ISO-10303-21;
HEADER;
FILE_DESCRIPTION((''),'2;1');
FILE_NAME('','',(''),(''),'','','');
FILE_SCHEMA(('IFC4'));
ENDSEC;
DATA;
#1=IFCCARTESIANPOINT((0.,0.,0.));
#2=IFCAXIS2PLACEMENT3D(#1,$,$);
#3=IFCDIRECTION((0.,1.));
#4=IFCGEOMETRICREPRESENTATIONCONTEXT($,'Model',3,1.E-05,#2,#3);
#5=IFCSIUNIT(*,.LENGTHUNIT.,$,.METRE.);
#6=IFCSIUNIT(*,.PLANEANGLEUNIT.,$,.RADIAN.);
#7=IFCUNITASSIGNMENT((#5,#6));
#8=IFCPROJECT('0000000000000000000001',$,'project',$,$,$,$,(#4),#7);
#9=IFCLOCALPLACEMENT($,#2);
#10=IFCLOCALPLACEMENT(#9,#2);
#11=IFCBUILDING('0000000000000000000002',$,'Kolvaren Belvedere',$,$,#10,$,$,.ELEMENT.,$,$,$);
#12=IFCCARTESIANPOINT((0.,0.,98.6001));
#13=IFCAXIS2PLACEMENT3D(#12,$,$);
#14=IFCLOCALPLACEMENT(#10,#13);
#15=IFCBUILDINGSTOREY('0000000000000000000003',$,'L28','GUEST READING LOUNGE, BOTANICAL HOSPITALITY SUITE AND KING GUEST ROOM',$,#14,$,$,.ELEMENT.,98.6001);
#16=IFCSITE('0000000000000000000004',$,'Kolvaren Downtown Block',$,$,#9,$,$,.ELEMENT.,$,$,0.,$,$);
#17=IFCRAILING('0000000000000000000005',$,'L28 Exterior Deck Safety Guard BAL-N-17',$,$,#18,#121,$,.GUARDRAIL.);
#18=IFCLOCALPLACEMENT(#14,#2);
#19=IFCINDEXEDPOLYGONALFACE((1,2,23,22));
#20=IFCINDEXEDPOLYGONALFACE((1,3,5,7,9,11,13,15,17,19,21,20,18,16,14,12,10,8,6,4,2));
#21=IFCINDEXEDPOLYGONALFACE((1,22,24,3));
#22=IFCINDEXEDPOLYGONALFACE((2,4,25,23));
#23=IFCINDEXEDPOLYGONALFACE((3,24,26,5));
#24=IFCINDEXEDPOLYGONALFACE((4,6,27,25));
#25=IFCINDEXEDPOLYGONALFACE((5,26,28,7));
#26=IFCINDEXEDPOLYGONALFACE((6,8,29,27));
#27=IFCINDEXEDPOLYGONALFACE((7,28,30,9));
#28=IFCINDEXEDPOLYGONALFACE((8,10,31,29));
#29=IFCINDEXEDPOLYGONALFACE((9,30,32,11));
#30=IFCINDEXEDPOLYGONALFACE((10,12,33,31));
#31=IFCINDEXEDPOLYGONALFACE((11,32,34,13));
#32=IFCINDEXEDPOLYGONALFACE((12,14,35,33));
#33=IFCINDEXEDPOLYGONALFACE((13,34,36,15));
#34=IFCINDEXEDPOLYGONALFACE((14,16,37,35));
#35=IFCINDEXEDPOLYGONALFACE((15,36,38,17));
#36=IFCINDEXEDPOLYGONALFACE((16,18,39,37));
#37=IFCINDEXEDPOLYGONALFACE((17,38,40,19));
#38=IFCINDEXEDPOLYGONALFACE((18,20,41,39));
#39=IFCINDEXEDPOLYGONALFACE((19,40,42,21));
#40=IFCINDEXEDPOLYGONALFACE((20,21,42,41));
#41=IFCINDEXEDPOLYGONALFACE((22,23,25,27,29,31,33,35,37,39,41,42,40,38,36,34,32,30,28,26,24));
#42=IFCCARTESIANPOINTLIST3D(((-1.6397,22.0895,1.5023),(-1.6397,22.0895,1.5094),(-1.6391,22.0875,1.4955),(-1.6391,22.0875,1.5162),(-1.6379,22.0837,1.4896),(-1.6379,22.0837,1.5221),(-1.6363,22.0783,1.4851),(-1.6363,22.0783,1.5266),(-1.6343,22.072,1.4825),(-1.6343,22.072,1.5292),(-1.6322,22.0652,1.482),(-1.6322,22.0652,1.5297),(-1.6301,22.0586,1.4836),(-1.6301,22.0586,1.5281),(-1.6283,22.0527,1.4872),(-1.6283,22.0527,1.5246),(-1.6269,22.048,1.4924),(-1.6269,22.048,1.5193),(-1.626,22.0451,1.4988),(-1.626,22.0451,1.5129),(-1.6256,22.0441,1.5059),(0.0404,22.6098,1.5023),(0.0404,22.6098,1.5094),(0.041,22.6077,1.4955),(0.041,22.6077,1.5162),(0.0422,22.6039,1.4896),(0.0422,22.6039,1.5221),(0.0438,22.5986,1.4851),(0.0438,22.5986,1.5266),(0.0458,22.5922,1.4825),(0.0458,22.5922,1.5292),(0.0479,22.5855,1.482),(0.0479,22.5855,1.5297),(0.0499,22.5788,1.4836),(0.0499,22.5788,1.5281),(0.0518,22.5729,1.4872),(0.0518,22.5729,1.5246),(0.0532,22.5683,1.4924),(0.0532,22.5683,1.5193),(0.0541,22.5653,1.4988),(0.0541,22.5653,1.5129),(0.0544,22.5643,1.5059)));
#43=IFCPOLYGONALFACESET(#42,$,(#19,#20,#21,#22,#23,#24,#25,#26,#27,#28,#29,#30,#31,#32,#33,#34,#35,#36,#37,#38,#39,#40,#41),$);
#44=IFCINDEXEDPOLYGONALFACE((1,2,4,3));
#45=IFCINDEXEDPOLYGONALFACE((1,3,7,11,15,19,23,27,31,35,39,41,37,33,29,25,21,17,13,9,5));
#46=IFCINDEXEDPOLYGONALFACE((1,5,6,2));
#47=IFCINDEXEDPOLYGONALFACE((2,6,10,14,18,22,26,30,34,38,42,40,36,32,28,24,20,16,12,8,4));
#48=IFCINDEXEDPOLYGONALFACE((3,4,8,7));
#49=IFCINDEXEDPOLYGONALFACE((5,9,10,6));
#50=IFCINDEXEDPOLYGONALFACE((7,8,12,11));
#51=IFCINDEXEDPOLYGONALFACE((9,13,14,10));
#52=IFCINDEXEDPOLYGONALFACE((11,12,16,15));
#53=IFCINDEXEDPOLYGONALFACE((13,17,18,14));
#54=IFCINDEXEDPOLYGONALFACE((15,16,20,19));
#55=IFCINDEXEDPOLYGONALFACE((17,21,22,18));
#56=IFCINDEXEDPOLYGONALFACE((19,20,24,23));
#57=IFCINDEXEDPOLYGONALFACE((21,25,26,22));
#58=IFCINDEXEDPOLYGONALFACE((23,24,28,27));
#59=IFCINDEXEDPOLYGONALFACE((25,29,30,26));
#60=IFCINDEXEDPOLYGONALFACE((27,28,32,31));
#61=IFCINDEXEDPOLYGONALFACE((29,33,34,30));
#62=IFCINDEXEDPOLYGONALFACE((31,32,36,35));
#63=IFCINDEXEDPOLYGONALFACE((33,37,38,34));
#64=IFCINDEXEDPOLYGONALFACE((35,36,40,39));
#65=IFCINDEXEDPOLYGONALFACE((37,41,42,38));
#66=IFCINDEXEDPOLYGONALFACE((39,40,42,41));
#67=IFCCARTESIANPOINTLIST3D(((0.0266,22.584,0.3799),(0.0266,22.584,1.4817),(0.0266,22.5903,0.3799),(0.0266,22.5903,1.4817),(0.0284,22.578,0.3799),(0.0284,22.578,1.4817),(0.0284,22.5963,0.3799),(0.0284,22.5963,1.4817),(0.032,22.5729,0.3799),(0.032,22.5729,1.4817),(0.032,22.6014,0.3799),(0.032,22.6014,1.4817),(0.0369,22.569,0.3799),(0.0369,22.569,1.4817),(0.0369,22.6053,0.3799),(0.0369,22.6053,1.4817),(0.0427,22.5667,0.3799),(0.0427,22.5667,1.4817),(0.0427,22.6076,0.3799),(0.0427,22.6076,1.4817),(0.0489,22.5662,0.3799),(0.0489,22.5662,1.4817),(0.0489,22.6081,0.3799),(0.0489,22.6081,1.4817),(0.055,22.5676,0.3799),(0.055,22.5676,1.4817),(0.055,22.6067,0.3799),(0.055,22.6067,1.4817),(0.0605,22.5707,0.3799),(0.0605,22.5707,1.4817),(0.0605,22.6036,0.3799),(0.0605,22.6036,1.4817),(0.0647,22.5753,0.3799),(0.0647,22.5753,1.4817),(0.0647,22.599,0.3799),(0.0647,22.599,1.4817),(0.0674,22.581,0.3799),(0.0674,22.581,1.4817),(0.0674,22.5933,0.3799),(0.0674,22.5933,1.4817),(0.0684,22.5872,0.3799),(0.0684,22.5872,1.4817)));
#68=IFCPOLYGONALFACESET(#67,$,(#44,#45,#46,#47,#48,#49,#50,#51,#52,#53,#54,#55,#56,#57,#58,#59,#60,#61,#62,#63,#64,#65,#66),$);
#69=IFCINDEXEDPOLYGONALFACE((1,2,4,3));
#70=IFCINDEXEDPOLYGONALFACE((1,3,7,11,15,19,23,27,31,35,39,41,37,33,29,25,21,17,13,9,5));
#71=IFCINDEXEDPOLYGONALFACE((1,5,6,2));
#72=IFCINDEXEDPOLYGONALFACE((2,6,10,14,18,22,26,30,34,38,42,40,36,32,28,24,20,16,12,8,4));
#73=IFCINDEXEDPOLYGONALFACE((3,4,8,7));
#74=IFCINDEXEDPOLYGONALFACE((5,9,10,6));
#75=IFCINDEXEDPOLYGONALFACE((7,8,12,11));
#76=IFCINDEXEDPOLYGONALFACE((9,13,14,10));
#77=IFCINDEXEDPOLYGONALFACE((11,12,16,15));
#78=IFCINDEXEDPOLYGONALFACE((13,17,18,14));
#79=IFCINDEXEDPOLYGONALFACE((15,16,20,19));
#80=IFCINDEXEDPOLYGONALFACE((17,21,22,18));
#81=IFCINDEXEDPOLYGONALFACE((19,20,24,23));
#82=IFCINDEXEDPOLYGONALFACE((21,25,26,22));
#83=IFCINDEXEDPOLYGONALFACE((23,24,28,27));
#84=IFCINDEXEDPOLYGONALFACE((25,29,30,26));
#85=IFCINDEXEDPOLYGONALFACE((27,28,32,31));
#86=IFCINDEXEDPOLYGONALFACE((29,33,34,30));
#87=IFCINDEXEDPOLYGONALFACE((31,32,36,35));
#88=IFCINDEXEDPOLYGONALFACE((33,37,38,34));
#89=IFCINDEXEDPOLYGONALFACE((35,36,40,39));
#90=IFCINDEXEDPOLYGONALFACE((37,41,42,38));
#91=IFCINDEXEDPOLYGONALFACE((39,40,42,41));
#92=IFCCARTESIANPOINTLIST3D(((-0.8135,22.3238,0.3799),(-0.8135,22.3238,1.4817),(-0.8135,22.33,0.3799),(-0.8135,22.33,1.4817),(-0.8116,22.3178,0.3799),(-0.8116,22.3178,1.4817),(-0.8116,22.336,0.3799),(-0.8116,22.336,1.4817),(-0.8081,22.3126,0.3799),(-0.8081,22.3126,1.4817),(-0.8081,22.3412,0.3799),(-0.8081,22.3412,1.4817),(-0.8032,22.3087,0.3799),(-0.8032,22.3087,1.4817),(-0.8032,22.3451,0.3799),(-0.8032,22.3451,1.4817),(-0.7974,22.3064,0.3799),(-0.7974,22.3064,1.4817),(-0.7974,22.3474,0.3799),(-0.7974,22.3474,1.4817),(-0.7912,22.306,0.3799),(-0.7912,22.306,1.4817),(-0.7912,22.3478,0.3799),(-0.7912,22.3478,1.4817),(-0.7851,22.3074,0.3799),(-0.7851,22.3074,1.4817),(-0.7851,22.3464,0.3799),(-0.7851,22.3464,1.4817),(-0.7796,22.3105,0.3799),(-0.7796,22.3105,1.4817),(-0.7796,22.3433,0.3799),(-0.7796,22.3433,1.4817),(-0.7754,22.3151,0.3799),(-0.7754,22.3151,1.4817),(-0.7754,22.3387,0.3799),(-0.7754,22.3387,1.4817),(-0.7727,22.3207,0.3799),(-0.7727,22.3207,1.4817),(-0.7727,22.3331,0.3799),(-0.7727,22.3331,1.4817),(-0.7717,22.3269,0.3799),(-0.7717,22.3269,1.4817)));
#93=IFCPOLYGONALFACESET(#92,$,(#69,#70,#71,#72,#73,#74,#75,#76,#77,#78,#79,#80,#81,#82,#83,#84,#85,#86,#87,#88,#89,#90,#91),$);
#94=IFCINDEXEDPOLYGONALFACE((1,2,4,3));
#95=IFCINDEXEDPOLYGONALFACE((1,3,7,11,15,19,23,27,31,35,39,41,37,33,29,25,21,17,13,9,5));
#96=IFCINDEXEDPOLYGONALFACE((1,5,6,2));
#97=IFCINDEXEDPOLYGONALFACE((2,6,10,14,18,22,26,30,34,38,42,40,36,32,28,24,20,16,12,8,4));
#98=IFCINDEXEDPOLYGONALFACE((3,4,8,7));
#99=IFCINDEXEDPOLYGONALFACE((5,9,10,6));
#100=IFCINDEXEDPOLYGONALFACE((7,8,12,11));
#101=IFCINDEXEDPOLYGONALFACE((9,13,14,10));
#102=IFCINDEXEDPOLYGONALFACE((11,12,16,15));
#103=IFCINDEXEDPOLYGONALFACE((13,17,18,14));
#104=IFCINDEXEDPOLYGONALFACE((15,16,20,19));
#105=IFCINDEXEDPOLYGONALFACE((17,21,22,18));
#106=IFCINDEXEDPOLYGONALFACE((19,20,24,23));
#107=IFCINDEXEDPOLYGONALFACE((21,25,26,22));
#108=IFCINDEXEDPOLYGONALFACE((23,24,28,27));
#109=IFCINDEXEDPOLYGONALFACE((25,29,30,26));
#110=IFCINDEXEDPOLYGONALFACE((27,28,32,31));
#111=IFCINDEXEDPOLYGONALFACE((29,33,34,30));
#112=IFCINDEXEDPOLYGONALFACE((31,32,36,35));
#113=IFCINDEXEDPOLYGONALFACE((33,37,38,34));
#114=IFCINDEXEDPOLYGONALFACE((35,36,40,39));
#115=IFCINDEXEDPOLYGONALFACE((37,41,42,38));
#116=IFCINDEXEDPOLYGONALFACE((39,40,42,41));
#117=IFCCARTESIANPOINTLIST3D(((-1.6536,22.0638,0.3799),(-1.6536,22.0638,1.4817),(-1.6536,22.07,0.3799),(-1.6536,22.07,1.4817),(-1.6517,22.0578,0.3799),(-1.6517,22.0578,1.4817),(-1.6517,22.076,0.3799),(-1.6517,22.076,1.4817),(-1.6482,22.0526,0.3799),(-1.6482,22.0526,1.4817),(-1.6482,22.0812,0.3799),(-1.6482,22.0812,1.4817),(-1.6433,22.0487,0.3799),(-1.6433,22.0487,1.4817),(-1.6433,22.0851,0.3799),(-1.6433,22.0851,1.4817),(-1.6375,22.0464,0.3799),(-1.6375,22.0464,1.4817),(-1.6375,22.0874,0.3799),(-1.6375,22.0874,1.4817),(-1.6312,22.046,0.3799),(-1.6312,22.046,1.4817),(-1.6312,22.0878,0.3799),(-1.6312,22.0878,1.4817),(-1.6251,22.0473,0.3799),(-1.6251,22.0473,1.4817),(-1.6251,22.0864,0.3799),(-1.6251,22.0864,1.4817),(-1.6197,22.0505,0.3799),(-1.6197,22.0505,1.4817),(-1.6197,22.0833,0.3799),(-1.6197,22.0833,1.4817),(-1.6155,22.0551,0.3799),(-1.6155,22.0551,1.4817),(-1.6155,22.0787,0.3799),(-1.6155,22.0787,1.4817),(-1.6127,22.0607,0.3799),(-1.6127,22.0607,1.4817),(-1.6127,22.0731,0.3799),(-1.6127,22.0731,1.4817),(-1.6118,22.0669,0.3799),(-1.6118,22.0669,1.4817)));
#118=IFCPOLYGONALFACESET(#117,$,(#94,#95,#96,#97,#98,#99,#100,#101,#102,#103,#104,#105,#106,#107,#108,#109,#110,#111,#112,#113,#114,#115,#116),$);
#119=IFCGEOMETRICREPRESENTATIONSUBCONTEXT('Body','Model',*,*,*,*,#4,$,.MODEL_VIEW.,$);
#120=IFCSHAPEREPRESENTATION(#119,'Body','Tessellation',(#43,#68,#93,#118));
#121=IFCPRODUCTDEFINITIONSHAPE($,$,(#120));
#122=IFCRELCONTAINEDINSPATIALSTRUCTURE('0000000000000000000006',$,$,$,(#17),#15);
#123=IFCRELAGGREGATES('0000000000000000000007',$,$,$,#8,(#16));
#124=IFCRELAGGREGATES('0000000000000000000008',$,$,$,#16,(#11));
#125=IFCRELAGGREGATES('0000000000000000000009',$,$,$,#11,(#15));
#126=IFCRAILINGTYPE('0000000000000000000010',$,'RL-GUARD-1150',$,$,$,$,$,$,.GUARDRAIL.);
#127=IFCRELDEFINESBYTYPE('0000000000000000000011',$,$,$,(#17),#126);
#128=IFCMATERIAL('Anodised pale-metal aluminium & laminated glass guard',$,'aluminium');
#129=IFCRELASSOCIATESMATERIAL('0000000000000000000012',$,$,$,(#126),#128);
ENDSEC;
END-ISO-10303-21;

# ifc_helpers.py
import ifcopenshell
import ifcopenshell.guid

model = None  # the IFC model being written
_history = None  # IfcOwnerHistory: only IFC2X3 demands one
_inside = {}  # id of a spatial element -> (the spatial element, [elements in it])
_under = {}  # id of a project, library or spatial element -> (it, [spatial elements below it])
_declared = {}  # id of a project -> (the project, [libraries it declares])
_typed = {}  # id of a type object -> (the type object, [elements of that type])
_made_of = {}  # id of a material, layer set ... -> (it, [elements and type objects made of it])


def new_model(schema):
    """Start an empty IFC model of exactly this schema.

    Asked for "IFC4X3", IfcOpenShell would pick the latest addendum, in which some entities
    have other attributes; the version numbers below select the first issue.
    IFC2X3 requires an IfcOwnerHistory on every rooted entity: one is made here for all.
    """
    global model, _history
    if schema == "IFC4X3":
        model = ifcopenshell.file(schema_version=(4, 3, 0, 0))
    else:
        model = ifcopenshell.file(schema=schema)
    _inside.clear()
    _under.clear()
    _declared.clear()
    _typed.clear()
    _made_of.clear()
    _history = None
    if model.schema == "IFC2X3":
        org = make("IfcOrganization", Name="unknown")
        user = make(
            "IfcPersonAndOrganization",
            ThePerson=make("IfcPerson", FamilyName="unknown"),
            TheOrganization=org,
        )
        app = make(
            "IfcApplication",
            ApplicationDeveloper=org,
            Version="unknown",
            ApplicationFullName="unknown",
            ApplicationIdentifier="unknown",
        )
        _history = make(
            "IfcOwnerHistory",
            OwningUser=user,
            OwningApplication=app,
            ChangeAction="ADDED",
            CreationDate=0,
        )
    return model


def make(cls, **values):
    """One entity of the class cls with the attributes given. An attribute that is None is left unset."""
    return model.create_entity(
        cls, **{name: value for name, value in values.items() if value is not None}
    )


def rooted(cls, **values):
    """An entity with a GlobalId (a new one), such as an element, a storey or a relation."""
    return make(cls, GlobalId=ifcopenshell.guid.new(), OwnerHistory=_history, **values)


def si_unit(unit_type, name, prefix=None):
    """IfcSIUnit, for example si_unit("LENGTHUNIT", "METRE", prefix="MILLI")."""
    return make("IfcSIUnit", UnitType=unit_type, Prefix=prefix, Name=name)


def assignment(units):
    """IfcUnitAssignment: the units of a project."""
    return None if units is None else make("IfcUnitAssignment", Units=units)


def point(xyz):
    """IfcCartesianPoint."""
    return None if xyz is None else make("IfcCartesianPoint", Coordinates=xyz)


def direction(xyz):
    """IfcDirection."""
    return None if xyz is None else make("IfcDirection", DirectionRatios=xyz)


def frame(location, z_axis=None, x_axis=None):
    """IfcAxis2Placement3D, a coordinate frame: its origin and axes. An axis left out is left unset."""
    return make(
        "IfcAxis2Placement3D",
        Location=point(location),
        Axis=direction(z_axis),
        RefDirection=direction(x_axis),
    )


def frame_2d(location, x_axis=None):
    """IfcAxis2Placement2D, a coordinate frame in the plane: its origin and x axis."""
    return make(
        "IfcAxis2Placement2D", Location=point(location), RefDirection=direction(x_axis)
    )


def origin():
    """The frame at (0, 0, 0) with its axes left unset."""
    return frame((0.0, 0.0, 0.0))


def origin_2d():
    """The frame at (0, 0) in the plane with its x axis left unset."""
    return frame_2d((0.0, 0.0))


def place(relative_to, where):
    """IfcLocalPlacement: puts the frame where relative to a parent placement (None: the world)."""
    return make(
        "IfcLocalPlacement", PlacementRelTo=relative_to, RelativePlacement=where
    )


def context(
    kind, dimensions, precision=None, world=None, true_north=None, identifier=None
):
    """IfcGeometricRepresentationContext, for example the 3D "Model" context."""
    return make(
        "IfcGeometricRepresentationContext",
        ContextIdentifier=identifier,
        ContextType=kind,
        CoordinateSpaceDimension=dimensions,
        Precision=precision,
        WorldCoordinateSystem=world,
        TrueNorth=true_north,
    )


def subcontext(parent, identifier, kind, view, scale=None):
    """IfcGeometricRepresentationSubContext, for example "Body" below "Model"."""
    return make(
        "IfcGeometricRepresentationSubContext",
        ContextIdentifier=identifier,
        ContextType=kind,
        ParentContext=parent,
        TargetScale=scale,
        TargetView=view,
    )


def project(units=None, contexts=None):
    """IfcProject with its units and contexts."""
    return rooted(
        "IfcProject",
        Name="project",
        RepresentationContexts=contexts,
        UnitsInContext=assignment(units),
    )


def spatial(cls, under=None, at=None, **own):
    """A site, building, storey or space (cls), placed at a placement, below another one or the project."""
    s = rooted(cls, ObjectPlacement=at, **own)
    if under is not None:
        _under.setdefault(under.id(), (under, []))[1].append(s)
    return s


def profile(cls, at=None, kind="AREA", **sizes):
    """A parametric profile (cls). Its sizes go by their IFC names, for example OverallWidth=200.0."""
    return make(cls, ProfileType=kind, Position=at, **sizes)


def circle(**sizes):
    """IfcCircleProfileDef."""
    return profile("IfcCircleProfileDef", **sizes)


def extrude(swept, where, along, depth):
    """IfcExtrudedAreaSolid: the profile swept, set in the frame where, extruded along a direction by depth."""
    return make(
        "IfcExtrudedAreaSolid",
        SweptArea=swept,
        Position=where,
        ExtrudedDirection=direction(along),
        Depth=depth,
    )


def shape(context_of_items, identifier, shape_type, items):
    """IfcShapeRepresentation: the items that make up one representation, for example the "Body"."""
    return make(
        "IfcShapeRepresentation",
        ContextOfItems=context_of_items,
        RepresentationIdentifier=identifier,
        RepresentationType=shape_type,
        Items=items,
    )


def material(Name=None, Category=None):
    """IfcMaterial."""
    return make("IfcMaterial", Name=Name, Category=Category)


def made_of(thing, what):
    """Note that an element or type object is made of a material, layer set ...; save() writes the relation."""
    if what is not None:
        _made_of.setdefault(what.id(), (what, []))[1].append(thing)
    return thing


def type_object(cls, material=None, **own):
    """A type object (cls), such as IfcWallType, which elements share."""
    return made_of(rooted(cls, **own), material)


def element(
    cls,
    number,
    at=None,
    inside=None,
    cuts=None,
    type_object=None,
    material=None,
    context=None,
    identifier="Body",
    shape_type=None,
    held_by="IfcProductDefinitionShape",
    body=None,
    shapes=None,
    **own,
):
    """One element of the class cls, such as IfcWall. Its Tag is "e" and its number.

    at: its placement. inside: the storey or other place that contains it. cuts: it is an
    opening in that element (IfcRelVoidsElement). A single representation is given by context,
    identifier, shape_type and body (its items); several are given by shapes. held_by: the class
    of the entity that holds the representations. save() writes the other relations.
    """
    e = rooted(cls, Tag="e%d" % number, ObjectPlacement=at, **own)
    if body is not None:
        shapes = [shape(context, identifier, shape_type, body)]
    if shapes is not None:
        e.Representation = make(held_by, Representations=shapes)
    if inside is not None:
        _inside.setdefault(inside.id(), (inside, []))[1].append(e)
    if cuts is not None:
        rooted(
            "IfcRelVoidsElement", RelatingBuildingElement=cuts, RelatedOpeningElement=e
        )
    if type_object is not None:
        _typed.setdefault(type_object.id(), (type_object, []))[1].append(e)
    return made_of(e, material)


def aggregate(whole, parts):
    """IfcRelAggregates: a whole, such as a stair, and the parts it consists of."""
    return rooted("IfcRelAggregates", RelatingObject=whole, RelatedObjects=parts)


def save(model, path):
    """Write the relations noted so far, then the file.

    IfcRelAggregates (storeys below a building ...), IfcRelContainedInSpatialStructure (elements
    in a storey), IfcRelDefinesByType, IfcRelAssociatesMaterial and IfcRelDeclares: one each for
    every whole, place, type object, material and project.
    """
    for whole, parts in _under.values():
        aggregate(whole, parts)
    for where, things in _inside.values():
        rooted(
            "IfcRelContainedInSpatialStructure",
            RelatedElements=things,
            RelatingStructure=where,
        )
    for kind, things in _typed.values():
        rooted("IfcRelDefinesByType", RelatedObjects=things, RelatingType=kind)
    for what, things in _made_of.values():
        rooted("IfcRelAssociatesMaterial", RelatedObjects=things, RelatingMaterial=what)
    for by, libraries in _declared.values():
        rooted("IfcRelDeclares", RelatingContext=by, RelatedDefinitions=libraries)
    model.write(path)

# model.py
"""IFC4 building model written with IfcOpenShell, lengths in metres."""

from ifc_helpers import new_model, si_unit, direction, frame, origin, origin_2d, place, context, subcontext, project, spatial, circle, extrude, material, type_object, element, save


model = new_model("IFC4")

# Units and contexts
model_context = context("Model", 3, precision=1e-05, world=origin(), true_north=direction((0.0, 1.0)))
body_context = subcontext(model_context, "Body", "Model", "MODEL_VIEW")
ifc_project = project(units=[si_unit("LENGTHUNIT", "METRE"), si_unit("PLANEANGLEUNIT", "RADIAN")], contexts=[model_context])

# Site, building, storey
site_placement = place(None, origin())
site = spatial("IfcSite", under=ifc_project, at=site_placement, Name="Kolvaren Downtown Block", CompositionType="ELEMENT", RefElevation=0.0)
building_placement = place(site_placement, origin())
building = spatial("IfcBuilding", under=site, at=building_placement, Name="Kolvaren Belvedere", CompositionType="ELEMENT")
storey_placement = place(building_placement, frame((0.0, 0.0, 98.6001)))
storey = spatial("IfcBuildingStorey", under=building, at=storey_placement, Name="L28", Description="GUEST READING LOUNGE, BOTANICAL HOSPITALITY SUITE AND KING GUEST ROOM", CompositionType="ELEMENT", Elevation=98.6001)

# Railing
ifc_material_1 = material(Name="Anodised pale-metal aluminium & laminated glass guard", Category="aluminium")
railing_type = type_object("IfcRailingType", Name="RL-GUARD-1150", PredefinedType="GUARDRAIL", material=ifc_material_1)
railing_1_placement = place(storey_placement, frame((0.0474, 22.5872, 0.3799)))
element("IfcRailing", 1, at=railing_1_placement, inside=storey, type_object=railing_type, Name="L28 Exterior Deck Safety Guard BAL-N-17", PredefinedType="GUARDRAIL", context=body_context, shape_type="SweptSolid", body=[
    extrude(circle(Radius=0.0239, at=origin_2d()), frame((0.0, 0.0, 1.126), z_axis=(-0.955252, -0.295792, 0.0), x_axis=(0.295792, -0.955252, 0.0)), (0.0, 0.0, 1.0), 1.7588),
    extrude(circle(Radius=0.021, at=origin_2d()), origin(), (0.0, 0.0, 1.0), 1.1018),
    extrude(circle(Radius=0.021, at=origin_2d()), frame((-0.8401, -0.2603, 0.0)), (0.0, 0.0, 1.0), 1.1018),
    extrude(circle(Radius=0.021, at=origin_2d()), frame((-1.6802, -0.5203, 0.0)), (0.0, 0.0, 1.0), 1.1018),
])

save(model, "model.ifc")
